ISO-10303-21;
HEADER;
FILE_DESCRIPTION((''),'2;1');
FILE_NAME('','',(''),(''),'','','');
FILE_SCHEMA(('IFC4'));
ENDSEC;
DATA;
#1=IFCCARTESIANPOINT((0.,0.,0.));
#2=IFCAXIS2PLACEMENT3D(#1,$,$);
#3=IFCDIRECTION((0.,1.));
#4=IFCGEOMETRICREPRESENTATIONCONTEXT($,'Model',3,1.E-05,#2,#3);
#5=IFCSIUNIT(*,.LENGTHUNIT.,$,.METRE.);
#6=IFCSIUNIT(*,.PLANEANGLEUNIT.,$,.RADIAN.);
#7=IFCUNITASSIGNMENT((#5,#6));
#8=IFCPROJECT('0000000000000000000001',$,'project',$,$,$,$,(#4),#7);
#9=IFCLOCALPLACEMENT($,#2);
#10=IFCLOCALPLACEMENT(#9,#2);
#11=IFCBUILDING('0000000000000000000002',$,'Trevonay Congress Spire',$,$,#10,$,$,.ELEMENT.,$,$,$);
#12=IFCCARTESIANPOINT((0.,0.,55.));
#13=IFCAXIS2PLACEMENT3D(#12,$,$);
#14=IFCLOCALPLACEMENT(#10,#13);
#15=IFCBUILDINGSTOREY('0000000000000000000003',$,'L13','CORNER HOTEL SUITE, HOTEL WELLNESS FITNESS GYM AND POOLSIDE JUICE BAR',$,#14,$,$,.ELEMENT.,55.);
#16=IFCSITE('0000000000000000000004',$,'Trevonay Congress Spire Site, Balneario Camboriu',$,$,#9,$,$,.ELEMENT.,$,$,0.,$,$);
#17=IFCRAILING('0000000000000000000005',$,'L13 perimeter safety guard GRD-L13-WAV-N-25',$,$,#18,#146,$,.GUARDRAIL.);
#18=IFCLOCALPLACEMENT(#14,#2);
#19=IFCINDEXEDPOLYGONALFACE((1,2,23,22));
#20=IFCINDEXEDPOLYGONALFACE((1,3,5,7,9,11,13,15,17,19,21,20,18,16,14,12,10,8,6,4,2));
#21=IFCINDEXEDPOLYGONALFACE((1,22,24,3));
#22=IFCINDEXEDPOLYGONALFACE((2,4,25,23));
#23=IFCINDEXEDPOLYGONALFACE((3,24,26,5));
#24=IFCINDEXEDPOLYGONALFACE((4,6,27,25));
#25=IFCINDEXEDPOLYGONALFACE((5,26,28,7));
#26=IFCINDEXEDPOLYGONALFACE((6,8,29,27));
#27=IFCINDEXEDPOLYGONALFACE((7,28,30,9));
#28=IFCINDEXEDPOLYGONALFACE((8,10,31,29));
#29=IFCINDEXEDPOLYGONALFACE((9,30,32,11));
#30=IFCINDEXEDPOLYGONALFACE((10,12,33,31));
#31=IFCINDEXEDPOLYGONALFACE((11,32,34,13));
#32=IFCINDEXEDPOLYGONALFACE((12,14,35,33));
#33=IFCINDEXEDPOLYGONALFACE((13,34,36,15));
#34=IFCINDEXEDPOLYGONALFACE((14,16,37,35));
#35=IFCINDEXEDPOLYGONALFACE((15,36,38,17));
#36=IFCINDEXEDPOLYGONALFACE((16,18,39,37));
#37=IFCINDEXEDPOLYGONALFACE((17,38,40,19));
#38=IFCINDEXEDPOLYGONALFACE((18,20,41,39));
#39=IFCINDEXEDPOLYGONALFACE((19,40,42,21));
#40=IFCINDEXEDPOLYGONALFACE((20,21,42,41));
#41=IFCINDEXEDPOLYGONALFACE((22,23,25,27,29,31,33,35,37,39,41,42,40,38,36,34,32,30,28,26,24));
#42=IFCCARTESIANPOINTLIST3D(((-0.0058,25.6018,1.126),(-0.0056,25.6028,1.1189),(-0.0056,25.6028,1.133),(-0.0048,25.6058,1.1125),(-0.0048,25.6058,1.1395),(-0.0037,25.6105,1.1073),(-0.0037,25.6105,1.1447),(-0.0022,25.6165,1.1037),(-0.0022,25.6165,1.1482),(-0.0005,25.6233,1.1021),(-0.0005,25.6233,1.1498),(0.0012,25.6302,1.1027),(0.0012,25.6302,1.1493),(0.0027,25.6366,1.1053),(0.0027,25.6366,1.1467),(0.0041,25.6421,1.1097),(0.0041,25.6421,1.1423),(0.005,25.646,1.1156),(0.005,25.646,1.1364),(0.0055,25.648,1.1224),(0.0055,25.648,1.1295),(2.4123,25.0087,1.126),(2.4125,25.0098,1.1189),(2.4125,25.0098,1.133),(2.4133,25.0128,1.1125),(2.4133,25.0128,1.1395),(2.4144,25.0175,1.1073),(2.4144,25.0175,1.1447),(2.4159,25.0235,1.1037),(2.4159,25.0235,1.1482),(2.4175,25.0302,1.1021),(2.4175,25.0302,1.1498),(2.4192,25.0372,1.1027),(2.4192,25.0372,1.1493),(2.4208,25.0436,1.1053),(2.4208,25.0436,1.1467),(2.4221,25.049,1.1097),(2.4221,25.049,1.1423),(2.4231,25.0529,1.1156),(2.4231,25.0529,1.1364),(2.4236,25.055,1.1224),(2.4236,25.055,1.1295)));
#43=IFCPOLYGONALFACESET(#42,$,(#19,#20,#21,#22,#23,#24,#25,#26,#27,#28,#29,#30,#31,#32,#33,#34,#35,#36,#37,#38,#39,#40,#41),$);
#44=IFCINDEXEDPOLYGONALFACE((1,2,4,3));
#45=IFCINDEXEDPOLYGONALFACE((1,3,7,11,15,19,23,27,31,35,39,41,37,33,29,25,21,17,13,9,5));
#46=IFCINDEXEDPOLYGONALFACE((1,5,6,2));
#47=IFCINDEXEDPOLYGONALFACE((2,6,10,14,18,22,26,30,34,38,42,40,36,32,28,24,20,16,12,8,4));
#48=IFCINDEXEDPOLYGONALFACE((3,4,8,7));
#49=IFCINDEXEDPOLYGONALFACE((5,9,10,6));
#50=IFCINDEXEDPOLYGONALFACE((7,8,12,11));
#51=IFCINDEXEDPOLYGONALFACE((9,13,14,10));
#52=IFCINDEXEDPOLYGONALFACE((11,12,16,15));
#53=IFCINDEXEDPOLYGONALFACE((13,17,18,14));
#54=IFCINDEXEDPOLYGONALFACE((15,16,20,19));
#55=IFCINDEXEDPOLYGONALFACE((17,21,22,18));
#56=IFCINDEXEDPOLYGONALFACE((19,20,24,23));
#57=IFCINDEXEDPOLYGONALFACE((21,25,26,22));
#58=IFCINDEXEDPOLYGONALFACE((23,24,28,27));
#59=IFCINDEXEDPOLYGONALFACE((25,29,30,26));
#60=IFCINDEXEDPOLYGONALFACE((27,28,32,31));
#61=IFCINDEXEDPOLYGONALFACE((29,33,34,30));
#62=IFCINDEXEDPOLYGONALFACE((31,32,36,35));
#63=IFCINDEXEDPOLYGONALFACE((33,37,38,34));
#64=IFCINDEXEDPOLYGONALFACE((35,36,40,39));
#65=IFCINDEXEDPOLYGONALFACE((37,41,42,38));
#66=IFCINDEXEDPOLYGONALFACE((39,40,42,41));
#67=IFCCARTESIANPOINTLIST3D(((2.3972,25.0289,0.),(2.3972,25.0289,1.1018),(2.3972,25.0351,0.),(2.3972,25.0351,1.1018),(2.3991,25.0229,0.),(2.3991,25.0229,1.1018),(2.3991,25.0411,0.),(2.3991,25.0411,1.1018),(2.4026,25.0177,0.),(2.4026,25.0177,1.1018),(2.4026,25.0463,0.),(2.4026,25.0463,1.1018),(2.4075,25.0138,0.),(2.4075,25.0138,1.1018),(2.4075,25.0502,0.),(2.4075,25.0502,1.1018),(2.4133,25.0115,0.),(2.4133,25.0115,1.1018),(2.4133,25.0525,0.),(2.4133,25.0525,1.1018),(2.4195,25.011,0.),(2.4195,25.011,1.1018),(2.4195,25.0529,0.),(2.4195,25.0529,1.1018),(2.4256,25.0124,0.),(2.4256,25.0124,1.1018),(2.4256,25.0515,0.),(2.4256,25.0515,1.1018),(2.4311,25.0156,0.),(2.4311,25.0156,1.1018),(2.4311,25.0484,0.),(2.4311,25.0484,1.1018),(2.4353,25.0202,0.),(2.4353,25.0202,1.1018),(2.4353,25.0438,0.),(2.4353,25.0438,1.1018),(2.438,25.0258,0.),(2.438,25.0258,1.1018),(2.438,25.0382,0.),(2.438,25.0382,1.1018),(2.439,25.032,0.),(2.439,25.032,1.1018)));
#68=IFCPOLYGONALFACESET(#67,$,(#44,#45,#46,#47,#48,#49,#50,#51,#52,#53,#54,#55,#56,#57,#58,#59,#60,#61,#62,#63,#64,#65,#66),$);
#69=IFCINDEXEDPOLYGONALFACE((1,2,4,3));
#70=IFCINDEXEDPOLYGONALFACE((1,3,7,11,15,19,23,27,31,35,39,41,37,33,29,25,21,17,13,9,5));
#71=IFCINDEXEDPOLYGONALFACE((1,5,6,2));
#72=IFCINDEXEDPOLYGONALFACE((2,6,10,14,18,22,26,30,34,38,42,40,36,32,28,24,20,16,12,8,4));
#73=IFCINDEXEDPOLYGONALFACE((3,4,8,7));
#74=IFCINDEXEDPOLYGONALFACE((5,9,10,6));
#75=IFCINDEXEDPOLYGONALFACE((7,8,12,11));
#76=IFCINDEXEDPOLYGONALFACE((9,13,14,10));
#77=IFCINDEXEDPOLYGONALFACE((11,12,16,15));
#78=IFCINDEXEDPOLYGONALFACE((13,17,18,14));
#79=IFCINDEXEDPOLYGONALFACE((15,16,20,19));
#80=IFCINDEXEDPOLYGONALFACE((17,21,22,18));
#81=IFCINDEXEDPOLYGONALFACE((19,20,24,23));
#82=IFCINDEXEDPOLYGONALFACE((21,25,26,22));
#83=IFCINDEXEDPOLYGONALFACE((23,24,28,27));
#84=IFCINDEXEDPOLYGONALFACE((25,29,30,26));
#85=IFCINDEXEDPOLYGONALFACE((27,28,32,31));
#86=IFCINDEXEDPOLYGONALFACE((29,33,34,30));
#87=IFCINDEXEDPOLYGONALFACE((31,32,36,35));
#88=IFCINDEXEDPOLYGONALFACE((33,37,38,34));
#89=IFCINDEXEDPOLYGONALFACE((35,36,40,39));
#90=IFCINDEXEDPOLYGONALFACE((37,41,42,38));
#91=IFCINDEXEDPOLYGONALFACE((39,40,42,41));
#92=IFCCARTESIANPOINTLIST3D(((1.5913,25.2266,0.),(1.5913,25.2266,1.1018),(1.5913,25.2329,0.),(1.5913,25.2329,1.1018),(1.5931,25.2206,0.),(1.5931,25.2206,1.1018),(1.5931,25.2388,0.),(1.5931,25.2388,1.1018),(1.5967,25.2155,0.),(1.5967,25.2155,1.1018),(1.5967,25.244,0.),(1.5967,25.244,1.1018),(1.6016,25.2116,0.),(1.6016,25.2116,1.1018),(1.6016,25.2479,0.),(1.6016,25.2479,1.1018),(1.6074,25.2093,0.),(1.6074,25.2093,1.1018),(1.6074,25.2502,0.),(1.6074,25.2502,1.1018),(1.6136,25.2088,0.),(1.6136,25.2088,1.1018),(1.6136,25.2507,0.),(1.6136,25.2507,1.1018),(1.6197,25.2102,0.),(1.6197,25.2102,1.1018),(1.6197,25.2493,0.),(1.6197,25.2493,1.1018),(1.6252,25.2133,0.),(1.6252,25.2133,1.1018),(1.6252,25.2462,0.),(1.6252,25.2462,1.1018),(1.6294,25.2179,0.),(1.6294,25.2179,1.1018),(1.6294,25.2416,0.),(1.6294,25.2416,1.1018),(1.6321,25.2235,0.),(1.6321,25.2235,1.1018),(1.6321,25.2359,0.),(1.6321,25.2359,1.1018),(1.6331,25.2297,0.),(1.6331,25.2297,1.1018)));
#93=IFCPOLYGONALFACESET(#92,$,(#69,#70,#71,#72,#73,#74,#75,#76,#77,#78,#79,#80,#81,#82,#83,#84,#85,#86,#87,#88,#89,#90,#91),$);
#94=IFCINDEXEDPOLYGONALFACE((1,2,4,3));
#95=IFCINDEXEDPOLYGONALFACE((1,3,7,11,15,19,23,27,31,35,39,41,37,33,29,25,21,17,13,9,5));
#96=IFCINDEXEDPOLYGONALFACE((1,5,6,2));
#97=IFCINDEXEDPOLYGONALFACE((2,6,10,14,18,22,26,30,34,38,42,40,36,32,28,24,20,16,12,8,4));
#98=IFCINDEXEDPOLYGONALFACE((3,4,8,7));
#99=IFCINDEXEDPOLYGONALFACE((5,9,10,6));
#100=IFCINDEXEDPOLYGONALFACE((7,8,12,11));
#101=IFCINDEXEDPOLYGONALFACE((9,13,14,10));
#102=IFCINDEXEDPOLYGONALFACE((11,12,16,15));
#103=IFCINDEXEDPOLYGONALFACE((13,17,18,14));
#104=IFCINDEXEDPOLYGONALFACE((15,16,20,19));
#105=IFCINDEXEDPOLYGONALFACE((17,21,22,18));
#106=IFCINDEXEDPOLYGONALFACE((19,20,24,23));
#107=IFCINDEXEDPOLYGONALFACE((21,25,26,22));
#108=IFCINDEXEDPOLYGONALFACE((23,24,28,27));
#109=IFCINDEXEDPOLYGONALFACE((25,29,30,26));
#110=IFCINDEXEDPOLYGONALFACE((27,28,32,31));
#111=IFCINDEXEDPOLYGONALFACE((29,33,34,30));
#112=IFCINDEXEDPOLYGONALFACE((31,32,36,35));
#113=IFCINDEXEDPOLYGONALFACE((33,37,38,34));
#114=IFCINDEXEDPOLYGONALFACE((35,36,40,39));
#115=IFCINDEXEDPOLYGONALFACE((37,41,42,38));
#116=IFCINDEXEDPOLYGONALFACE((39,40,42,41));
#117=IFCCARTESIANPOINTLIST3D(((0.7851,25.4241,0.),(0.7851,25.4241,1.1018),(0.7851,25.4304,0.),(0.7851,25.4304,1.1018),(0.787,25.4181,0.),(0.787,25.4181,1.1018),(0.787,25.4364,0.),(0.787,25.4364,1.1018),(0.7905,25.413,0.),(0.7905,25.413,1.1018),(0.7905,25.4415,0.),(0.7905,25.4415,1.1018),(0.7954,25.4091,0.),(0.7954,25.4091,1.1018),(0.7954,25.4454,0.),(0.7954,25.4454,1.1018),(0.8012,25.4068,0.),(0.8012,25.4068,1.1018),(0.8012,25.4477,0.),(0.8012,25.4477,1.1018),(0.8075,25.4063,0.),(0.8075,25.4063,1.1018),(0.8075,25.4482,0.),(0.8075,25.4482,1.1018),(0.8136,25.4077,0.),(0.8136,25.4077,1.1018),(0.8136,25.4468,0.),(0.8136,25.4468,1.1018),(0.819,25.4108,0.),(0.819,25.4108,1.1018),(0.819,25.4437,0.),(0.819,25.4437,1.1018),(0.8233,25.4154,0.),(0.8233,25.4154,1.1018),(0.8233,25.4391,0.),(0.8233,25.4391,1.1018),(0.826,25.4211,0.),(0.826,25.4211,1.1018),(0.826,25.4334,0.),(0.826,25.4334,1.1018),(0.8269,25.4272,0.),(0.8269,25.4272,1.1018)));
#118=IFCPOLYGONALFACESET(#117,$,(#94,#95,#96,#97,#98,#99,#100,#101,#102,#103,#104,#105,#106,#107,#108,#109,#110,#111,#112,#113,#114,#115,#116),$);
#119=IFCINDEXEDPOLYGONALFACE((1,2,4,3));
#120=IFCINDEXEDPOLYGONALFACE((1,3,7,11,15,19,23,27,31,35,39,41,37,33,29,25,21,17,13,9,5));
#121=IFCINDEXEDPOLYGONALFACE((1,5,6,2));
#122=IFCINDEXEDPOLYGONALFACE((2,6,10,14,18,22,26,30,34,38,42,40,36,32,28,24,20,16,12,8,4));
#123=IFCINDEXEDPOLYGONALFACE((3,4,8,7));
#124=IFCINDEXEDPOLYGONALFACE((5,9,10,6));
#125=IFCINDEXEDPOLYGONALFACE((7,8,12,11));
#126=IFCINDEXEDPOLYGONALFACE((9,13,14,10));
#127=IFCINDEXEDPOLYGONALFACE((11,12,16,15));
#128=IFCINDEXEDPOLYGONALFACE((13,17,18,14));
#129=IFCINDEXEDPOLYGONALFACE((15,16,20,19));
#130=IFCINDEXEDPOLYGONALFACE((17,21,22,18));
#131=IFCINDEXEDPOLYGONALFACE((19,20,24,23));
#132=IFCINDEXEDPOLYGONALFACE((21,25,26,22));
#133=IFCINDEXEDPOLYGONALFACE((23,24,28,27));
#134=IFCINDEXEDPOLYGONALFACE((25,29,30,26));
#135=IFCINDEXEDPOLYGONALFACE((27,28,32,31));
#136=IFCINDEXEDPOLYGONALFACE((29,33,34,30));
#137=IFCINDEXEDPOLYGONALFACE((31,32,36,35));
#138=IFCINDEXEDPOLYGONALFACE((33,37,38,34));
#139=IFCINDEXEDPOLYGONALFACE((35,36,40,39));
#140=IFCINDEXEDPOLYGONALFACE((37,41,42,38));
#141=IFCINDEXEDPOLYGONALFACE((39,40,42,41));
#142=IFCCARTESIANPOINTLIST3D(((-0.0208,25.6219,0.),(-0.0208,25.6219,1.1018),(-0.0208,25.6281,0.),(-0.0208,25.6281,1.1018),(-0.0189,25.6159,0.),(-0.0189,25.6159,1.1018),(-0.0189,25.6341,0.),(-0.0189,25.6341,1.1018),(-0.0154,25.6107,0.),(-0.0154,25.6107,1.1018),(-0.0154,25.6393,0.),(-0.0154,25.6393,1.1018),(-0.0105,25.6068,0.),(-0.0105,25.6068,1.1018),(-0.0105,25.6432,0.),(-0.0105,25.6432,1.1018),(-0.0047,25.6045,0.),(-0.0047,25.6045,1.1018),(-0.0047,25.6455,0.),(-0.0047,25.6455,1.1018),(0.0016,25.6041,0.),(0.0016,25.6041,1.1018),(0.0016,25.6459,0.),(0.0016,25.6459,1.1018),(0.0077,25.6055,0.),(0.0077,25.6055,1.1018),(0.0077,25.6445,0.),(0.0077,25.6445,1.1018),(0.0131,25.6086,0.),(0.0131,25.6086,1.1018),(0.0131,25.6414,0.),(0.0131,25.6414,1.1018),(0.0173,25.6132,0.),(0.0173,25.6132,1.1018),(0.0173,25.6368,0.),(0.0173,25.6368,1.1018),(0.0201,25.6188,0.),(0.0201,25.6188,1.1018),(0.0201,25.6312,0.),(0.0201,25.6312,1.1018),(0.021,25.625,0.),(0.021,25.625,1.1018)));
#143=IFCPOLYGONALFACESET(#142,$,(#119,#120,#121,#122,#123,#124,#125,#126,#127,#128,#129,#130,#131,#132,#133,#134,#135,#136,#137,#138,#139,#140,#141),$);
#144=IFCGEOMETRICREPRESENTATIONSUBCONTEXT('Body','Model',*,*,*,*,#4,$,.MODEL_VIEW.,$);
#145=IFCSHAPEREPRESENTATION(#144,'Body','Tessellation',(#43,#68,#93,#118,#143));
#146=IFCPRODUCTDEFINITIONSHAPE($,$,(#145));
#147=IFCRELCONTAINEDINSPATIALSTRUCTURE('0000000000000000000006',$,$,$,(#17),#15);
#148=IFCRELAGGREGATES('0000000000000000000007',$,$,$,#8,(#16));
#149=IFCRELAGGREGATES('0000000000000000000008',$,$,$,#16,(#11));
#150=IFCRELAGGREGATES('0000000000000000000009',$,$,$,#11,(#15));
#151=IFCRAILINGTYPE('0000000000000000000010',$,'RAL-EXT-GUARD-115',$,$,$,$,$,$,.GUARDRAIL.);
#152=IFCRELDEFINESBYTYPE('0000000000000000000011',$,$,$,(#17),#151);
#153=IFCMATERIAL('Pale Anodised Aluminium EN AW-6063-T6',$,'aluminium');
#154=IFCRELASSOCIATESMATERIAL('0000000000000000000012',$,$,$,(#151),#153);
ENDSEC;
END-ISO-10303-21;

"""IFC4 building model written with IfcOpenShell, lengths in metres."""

from ifc_helpers import new_model, si_unit, direction, frame, origin, origin_2d, place, context, subcontext, project, spatial, circle, extrude, material, type_object, element, save


model = new_model("IFC4")

# Units and contexts
model_context = context("Model", 3, precision=1e-05, world=origin(), true_north=direction((0.0, 1.0)))
body_context = subcontext(model_context, "Body", "Model", "MODEL_VIEW")
ifc_project = project(units=[si_unit("LENGTHUNIT", "METRE"), si_unit("PLANEANGLEUNIT", "RADIAN")], contexts=[model_context])

# Site, building, storey
site_placement = place(None, origin())
site = spatial("IfcSite", under=ifc_project, at=site_placement, Name="Trevonay Congress Spire Site, Balneario Camboriu", CompositionType="ELEMENT", RefElevation=0.0)
building_placement = place(site_placement, origin())
building = spatial("IfcBuilding", under=site, at=building_placement, Name="Trevonay Congress Spire", CompositionType="ELEMENT")
storey_placement = place(building_placement, frame((0.0, 0.0, 55.0)))
storey = spatial("IfcBuildingStorey", under=building, at=storey_placement, Name="L13", Description="CORNER HOTEL SUITE, HOTEL WELLNESS FITNESS GYM AND POOLSIDE JUICE BAR", CompositionType="ELEMENT", Elevation=55.0)

# Shared definitions
ifc_material_1 = material(Name="Pale Anodised Aluminium EN AW-6063-T6", Category="aluminium")

# Railing
railing_type = type_object("IfcRailingType", Name="RAL-EXT-GUARD-115", PredefinedType="GUARDRAIL", material=ifc_material_1)
railing_1_placement = place(storey_placement, frame((2.418, 25.032, 0.0)))
element("IfcRailing", 1, at=railing_1_placement, inside=storey, type_object=railing_type, Name="L13 perimeter safety guard GRD-L13-WAV-N-25", PredefinedType="GUARDRAIL", context=body_context, shape_type="SweptSolid", body=[
    extrude(circle(Radius=0.0239, at=origin_2d()), frame((0.0, 0.0, 1.126), z_axis=(-0.971217, 0.238195, 0.0), x_axis=(-0.238195, -0.971217, 0.0)), (0.0, 0.0, 1.0), 2.4897),
    extrude(circle(Radius=0.021, at=origin_2d()), origin(), (0.0, 0.0, 1.0), 1.1018),
    extrude(circle(Radius=0.021, at=origin_2d()), frame((-0.8059, 0.1978, 0.0)), (0.0, 0.0, 1.0), 1.1018),
    extrude(circle(Radius=0.021, at=origin_2d()), frame((-1.6121, 0.3953, 0.0)), (0.0, 0.0, 1.0), 1.1018),
    extrude(circle(Radius=0.021, at=origin_2d()), frame((-2.418, 0.593, 0.0)), (0.0, 0.0, 1.0), 1.1018),
])

save(model, "model.ifc")
